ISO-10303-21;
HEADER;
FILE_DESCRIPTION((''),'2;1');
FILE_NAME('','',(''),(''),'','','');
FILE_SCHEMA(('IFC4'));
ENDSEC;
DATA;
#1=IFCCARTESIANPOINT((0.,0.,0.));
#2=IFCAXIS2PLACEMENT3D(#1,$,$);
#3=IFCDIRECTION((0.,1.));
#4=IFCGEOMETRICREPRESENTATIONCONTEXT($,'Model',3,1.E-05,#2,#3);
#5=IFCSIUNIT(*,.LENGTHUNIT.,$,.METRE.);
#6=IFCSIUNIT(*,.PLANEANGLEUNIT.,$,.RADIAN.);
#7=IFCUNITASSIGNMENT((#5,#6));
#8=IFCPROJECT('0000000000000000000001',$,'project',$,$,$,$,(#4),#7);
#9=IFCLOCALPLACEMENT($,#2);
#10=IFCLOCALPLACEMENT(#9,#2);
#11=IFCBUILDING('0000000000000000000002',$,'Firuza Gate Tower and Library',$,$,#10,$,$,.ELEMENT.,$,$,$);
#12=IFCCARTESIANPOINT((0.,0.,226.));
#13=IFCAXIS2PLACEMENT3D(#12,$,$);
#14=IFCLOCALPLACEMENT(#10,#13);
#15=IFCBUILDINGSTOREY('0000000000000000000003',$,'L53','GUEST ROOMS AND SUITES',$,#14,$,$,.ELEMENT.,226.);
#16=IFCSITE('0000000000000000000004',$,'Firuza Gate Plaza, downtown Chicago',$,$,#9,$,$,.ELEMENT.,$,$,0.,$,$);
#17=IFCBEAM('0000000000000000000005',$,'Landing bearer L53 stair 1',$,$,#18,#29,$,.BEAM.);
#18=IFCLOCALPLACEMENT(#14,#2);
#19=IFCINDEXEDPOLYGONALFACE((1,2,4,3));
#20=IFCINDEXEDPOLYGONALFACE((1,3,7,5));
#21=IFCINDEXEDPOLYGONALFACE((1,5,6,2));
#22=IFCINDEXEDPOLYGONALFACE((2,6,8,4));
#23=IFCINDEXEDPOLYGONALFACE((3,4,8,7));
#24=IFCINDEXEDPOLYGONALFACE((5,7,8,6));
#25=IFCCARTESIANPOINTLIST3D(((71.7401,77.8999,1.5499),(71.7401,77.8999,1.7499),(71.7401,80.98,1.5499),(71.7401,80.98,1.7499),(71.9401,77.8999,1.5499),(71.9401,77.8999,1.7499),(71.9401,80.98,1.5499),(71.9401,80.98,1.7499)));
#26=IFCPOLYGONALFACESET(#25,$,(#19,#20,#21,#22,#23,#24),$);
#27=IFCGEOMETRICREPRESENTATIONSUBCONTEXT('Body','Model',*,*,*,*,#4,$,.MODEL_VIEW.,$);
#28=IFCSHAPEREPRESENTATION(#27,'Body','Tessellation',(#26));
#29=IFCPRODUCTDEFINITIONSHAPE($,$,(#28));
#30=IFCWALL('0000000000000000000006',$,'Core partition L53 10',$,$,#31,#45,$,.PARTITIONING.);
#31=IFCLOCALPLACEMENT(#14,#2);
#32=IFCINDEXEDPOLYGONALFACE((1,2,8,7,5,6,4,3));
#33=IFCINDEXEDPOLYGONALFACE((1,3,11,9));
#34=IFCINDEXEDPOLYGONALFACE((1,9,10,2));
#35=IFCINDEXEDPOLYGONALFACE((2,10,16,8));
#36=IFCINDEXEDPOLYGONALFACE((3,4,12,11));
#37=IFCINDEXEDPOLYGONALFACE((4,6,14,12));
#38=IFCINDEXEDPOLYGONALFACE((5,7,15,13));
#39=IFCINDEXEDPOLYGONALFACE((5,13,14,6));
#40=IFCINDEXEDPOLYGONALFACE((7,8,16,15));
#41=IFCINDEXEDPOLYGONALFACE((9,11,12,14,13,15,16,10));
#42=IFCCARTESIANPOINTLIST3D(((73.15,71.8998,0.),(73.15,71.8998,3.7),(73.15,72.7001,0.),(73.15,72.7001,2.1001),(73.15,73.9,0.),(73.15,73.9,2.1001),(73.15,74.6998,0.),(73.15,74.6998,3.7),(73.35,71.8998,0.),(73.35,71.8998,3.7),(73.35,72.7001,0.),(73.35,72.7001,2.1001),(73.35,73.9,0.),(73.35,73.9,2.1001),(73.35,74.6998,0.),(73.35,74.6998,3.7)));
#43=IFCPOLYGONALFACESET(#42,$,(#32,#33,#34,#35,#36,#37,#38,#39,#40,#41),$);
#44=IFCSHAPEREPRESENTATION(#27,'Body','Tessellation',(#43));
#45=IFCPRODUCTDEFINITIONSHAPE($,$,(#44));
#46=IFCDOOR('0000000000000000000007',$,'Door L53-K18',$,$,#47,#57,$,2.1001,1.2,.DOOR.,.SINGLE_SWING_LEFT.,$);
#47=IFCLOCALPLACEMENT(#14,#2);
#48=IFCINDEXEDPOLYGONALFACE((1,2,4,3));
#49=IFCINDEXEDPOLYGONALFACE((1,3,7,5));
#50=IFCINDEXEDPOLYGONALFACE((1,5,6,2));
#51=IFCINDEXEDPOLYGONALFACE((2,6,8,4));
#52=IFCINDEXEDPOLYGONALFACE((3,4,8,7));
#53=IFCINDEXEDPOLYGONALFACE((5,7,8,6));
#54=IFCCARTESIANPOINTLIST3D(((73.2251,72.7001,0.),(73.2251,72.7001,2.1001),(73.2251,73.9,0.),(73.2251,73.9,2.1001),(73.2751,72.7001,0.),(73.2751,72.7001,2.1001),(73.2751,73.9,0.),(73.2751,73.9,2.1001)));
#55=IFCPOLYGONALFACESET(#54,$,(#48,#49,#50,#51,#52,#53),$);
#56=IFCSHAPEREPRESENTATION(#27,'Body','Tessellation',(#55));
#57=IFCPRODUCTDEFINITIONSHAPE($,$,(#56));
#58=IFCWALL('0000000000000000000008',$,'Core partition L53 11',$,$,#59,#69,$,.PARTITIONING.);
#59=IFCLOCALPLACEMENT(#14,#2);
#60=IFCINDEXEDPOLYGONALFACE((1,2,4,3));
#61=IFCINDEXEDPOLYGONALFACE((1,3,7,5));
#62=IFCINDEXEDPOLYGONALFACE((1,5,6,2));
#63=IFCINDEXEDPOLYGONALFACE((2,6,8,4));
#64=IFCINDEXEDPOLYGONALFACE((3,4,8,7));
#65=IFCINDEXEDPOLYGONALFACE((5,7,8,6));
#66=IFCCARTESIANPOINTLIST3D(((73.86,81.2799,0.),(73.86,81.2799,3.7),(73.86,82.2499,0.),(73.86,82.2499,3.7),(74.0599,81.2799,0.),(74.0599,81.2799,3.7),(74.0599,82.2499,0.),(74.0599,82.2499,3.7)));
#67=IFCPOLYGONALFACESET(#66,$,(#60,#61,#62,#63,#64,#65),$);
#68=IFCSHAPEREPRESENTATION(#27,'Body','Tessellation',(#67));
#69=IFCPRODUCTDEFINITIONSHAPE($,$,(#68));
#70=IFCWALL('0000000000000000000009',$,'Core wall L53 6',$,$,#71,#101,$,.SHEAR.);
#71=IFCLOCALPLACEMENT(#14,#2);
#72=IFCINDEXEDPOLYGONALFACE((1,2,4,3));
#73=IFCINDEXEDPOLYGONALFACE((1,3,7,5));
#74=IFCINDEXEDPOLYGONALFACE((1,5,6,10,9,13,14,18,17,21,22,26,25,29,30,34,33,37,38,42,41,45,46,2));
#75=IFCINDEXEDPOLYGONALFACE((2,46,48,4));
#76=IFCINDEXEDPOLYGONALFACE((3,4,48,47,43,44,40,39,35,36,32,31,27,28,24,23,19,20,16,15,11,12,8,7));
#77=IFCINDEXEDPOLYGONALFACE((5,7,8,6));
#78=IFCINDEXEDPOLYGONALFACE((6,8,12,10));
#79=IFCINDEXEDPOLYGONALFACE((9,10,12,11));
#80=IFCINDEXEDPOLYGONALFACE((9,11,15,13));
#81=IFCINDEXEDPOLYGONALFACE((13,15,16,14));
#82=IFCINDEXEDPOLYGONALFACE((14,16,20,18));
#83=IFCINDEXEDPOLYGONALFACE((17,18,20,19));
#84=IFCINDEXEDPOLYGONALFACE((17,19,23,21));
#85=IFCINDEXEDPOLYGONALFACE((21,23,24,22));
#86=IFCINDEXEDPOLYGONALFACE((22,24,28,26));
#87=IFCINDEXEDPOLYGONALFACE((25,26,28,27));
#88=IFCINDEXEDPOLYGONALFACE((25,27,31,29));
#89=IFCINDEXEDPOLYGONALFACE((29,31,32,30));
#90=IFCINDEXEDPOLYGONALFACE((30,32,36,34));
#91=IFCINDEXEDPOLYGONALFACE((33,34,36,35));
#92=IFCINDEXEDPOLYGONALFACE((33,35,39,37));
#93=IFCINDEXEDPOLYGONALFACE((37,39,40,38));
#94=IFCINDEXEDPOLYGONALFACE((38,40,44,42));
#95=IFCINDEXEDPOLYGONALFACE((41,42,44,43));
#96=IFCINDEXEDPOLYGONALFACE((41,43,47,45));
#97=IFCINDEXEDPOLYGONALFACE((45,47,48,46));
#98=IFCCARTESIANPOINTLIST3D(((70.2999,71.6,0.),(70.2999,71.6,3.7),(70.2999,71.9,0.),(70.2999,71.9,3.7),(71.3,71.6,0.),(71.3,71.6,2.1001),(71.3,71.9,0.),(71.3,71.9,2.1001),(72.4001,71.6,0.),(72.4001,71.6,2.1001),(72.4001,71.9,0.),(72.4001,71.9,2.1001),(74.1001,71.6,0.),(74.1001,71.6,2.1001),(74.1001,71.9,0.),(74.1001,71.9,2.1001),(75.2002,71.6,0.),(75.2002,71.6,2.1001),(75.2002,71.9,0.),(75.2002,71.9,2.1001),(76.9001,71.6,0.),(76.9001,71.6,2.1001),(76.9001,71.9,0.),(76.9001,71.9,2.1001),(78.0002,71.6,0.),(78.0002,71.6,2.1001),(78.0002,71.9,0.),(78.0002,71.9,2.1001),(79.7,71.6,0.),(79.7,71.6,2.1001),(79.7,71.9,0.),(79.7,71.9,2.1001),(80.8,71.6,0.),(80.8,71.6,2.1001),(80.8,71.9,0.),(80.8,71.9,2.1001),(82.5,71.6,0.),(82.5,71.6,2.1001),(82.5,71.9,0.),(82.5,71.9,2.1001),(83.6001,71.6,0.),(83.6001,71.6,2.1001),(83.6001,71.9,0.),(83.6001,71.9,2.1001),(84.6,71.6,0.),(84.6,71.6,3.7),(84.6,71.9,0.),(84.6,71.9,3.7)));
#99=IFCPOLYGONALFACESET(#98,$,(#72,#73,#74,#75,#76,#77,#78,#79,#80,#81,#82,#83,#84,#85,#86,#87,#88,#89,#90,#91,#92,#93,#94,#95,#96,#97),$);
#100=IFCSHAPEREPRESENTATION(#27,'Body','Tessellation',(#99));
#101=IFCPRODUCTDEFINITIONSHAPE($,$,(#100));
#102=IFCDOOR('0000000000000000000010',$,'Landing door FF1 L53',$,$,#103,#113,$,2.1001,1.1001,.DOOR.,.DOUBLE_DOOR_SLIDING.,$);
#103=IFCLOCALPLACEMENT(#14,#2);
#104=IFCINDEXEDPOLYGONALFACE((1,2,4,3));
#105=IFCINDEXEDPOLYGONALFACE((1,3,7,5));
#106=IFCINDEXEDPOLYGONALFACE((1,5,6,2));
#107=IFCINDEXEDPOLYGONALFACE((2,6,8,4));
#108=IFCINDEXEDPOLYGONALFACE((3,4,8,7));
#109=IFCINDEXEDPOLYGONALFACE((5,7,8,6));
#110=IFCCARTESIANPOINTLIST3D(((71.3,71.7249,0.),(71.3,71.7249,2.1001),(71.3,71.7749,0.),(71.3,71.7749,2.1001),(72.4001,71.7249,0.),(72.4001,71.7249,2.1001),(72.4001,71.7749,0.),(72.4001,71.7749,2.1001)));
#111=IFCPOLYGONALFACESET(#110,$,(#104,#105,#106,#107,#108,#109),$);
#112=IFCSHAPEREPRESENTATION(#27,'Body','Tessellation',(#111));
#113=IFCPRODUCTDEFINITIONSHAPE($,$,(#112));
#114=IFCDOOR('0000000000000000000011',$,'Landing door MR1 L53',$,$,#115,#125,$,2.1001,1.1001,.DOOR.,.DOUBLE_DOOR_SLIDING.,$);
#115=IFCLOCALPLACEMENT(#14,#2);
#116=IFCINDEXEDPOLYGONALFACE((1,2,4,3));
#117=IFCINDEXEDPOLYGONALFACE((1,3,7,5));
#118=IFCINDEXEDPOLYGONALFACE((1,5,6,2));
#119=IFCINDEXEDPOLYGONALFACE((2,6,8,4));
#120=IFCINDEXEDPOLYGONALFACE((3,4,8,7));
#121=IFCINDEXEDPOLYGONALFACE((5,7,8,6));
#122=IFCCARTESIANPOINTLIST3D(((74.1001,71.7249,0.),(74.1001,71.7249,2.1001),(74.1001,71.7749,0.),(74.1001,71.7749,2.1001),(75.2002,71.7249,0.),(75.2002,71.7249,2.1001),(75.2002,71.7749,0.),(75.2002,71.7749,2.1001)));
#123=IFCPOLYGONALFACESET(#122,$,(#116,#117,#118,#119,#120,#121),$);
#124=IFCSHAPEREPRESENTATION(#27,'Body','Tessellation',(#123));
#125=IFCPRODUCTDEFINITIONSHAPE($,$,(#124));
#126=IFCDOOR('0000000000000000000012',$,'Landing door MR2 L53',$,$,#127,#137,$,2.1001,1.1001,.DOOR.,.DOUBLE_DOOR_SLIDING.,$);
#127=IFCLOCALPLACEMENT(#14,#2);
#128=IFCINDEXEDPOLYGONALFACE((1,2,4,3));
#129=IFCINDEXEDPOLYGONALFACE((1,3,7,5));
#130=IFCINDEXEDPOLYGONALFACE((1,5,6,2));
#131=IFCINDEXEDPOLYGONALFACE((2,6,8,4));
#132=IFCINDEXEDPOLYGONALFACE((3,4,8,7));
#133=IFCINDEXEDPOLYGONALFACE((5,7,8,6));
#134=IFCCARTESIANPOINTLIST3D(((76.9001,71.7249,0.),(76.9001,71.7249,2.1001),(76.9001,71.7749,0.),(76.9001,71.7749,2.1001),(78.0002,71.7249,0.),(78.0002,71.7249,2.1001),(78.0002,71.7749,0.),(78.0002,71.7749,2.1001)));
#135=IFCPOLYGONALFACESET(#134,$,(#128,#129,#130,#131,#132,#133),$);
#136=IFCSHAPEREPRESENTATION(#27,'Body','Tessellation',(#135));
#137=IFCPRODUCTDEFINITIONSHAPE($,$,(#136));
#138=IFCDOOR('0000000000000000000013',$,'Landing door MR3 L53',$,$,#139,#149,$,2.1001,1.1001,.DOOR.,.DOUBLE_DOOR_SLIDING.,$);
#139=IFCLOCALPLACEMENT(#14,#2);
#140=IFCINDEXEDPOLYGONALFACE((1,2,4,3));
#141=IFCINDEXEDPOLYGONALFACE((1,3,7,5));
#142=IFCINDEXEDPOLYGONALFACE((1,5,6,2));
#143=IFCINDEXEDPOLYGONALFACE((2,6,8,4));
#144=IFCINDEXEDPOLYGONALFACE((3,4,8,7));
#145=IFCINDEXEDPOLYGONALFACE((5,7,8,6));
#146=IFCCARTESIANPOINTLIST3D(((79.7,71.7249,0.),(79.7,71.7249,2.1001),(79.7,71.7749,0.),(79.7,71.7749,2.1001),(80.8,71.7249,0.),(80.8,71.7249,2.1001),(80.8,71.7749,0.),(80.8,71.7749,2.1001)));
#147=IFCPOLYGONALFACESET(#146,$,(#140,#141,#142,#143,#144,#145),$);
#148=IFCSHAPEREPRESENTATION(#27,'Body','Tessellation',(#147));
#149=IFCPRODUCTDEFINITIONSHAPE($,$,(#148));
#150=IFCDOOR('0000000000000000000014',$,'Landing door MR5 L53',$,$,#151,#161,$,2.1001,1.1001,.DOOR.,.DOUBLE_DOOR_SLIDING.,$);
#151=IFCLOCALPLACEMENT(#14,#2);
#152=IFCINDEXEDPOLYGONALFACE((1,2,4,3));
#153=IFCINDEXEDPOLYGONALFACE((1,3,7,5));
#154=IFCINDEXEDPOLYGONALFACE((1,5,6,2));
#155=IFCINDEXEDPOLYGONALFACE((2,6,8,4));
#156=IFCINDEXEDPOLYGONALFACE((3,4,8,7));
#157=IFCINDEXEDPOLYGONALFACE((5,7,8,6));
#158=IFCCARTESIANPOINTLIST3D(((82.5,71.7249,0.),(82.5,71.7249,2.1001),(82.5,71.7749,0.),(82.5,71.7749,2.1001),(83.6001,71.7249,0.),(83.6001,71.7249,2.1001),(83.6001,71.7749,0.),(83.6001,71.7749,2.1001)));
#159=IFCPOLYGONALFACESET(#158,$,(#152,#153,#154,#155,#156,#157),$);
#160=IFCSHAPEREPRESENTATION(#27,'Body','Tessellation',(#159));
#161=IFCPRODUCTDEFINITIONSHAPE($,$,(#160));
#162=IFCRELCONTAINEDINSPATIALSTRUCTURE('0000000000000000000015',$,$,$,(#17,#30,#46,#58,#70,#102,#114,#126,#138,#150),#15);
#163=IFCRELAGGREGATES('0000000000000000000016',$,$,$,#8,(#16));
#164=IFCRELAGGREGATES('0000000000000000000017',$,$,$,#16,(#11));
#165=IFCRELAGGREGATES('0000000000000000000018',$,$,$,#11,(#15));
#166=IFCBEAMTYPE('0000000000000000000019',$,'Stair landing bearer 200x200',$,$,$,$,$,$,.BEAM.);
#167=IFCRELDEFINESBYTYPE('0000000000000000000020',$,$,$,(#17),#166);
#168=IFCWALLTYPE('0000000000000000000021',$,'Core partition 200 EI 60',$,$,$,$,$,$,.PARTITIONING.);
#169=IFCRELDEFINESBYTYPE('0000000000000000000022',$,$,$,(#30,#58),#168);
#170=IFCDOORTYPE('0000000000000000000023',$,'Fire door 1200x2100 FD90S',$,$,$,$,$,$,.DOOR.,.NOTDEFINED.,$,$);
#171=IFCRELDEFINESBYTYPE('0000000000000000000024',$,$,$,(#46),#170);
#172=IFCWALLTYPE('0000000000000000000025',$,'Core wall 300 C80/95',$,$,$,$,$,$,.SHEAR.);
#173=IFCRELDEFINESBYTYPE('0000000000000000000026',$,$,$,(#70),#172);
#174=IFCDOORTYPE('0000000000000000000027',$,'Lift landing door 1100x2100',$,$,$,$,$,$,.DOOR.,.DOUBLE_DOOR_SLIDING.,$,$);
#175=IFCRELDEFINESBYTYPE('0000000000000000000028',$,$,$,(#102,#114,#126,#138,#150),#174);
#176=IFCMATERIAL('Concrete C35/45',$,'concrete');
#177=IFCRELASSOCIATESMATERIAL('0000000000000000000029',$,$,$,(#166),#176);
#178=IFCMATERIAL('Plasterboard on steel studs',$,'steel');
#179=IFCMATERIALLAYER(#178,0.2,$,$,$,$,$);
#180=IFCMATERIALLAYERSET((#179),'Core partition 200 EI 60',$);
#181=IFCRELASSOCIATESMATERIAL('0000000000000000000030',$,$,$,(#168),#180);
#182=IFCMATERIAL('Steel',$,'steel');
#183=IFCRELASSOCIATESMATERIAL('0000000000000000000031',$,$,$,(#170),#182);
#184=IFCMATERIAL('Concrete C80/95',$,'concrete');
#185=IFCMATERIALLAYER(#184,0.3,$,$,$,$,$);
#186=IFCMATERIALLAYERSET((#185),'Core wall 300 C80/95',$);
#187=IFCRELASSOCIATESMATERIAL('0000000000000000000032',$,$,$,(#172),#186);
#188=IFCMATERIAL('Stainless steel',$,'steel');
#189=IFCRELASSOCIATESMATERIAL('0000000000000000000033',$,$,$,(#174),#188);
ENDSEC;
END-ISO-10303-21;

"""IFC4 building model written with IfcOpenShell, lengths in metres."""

from ifc_helpers import new_model, si_unit, direction, frame, frame_2d, origin, origin_2d, place, context, subcontext, project, spatial, rectangle, extrude, material, layer, layer_set, material_profile, profile_set, type_object, element, fill, save


model = new_model("IFC4")

# Units and contexts
model_context = context("Model", 3, precision=1e-05, world=origin(), true_north=direction((0.0, 1.0)))
body_context = subcontext(model_context, "Body", "Model", "MODEL_VIEW")
ifc_project = project(units=[si_unit("LENGTHUNIT", "METRE"), si_unit("PLANEANGLEUNIT", "RADIAN")], contexts=[model_context])

# Site, building, storey
site_placement = place(None, origin())
site = spatial("IfcSite", under=ifc_project, at=site_placement, Name="Firuza Gate Plaza, downtown Chicago", CompositionType="ELEMENT", RefElevation=0.0)
building_placement = place(site_placement, origin())
building = spatial("IfcBuilding", under=site, at=building_placement, Name="Firuza Gate Tower and Library", CompositionType="ELEMENT")
storey_placement = place(building_placement, frame((0.0, 0.0, 226.0)))
storey = spatial("IfcBuildingStorey", under=building, at=storey_placement, Name="L53", Description="GUEST ROOMS AND SUITES", CompositionType="ELEMENT", Elevation=226.0)

# Beam
ifc_material_1 = material(Name="Concrete C35/45", Category="concrete")
ifc_material_profile = material_profile(ifc_material_1, rectangle(XDim=0.2, YDim=0.2, at=origin_2d()))
ifc_profile_set = profile_set([ifc_material_profile], Name="Concrete C35/45")
beam_type = type_object("IfcBeamType", Name="Stair landing bearer 200x200", PredefinedType="BEAM", material=ifc_profile_set)
beam_placement = place(storey_placement, frame((71.8401, 77.8999, 1.6499), z_axis=(0.0, 1.0, 0.0), x_axis=(-1.0, 0.0, 0.0)))
element("IfcBeam", 1, at=beam_placement, inside=storey, type_object=beam_type, Name="Landing bearer L53 stair 1", PredefinedType="BEAM", context=body_context, shape_type="SweptSolid", body=[
    extrude(rectangle(XDim=0.2, YDim=0.2, at=origin_2d()), origin(), (0.0, 0.0, 1.0), 3.0801),
])

# Wall, opening, door
ifc_material_2 = material(Name="Plasterboard on steel studs", Category="steel")
ifc_layer_1 = layer(ifc_material_2, 0.2)
ifc_layer_set_1 = layer_set([ifc_layer_1], Name="Core partition 200 EI 60")
wall_type_1 = type_object("IfcWallType", Name="Core partition 200 EI 60", PredefinedType="PARTITIONING", material=ifc_layer_set_1)
wall_1_placement = place(storey_placement, frame((73.25, 71.8999, 0.0), z_axis=(0.0, 0.0, 1.0), x_axis=(0.0, 1.0, 0.0)))
wall_1 = element("IfcWall", 2, at=wall_1_placement, inside=storey, type_object=wall_type_1, Name="Core partition L53 10", PredefinedType="PARTITIONING", context=body_context, shape_type="SweptSolid", body=[
    extrude(rectangle(XDim=2.8, YDim=0.2, at=frame_2d((1.3999, 0.0))), origin(), (0.0, 0.0, 1.0), 3.7),
])
opening_1_placement = place(wall_1_placement, frame((0.8, 0.0, 0.0)))
opening_1 = element("IfcOpeningElement", 3, at=opening_1_placement, cuts=wall_1, PredefinedType="OPENING", context=body_context, shape_type="SweptSolid", body=[
    extrude(rectangle(XDim=1.2, YDim=2.1001, at=frame_2d((0.6001, 1.05))), frame((0.0, 0.1099, 0.0), z_axis=(0.0, -1.0, 0.0), x_axis=(1.0, 0.0, 0.0)), (0.0, 0.0, 1.0), 0.22),
])
ifc_material_3 = material(Name="Steel", Category="steel")
door_type_1 = type_object("IfcDoorType", Name="Fire door 1200x2100 FD90S", OperationType="NOTDEFINED", PredefinedType="DOOR", material=ifc_material_3)
door_1_placement = place(opening_1_placement, origin())
door_1 = element("IfcDoor", 4, at=door_1_placement, inside=storey, type_object=door_type_1, Name="Door L53-K18", OperationType="SINGLE_SWING_LEFT", OverallHeight=2.1001, OverallWidth=1.2, PredefinedType="DOOR", context=body_context, shape_type="SweptSolid", body=[
    extrude(rectangle(XDim=1.2, YDim=2.1001, at=frame_2d((0.6001, 1.05))), frame((0.0, 0.0249, 0.0), z_axis=(0.0, -1.0, 0.0), x_axis=(1.0, 0.0, 0.0)), (0.0, 0.0, 1.0), 0.05),
])
fill(opening_1, door_1)

# Wall
wall_2_placement = place(storey_placement, frame((73.96, 81.28, 0.0), z_axis=(0.0, 0.0, 1.0), x_axis=(0.0, 1.0, 0.0)))
element("IfcWall", 5, at=wall_2_placement, inside=storey, type_object=wall_type_1, Name="Core partition L53 11", PredefinedType="PARTITIONING", context=body_context, shape_type="SweptSolid", body=[
    extrude(rectangle(XDim=0.97, YDim=0.2, at=frame_2d((0.4849, 0.0))), origin(), (0.0, 0.0, 1.0), 3.7),
])

# Wall, openings, doors
ifc_material_4 = material(Name="Concrete C80/95", Category="concrete")
ifc_layer_2 = layer(ifc_material_4, 0.3)
ifc_layer_set_2 = layer_set([ifc_layer_2], Name="Core wall 300 C80/95")
wall_type_2 = type_object("IfcWallType", Name="Core wall 300 C80/95", PredefinedType="SHEAR", material=ifc_layer_set_2)
wall_3_placement = place(storey_placement, frame((70.3, 71.75, 0.0), z_axis=(0.0, 0.0, 1.0), x_axis=(1.0, 0.0, 0.0)))
wall_3 = element("IfcWall", 6, at=wall_3_placement, inside=storey, type_object=wall_type_2, Name="Core wall L53 6", PredefinedType="SHEAR", context=body_context, shape_type="SweptSolid", body=[
    extrude(rectangle(XDim=14.3, YDim=0.3, at=frame_2d((7.1499, 0.0))), origin(), (0.0, 0.0, 1.0), 3.7),
])
opening_2_placement = place(wall_3_placement, frame((1.0, 0.0, 0.0)))
opening_2 = element("IfcOpeningElement", 7, at=opening_2_placement, cuts=wall_3, PredefinedType="OPENING", context=body_context, shape_type="SweptSolid", body=[
    extrude(rectangle(XDim=1.1001, YDim=2.1001, at=frame_2d((0.55, 1.05))), frame((0.0, 0.1602, 0.0), z_axis=(0.0, -1.0, 0.0), x_axis=(1.0, 0.0, 0.0)), (0.0, 0.0, 1.0), 0.3201),
])
opening_3_placement = place(wall_3_placement, frame((3.8, 0.0, 0.0)))
opening_3 = element("IfcOpeningElement", 8, at=opening_3_placement, cuts=wall_3, PredefinedType="OPENING", context=body_context, shape_type="SweptSolid", body=[
    extrude(rectangle(XDim=1.1001, YDim=2.1001, at=frame_2d((0.55, 1.05))), frame((0.0, 0.1602, 0.0), z_axis=(0.0, -1.0, 0.0), x_axis=(1.0, 0.0, 0.0)), (0.0, 0.0, 1.0), 0.3201),
])
opening_4_placement = place(wall_3_placement, frame((6.6001, 0.0, 0.0)))
opening_4 = element("IfcOpeningElement", 9, at=opening_4_placement, cuts=wall_3, PredefinedType="OPENING", context=body_context, shape_type="SweptSolid", body=[
    extrude(rectangle(XDim=1.1001, YDim=2.1001, at=frame_2d((0.55, 1.05))), frame((0.0, 0.1602, 0.0), z_axis=(0.0, -1.0, 0.0), x_axis=(1.0, 0.0, 0.0)), (0.0, 0.0, 1.0), 0.3201),
])
opening_5_placement = place(wall_3_placement, frame((9.3999, 0.0, 0.0)))
opening_5 = element("IfcOpeningElement", 10, at=opening_5_placement, cuts=wall_3, PredefinedType="OPENING", context=body_context, shape_type="SweptSolid", body=[
    extrude(rectangle(XDim=1.1001, YDim=2.1001, at=frame_2d((0.55, 1.05))), frame((0.0, 0.1602, 0.0), z_axis=(0.0, -1.0, 0.0), x_axis=(1.0, 0.0, 0.0)), (0.0, 0.0, 1.0), 0.3201),
])
opening_6_placement = place(wall_3_placement, frame((12.2, 0.0, 0.0)))
opening_6 = element("IfcOpeningElement", 11, at=opening_6_placement, cuts=wall_3, PredefinedType="OPENING", context=body_context, shape_type="SweptSolid", body=[
    extrude(rectangle(XDim=1.1001, YDim=2.1001, at=frame_2d((0.55, 1.05))), frame((0.0, 0.1602, 0.0), z_axis=(0.0, -1.0, 0.0), x_axis=(1.0, 0.0, 0.0)), (0.0, 0.0, 1.0), 0.3201),
])
ifc_material_5 = material(Name="Stainless steel", Category="steel")
door_type_2 = type_object("IfcDoorType", Name="Lift landing door 1100x2100", OperationType="DOUBLE_DOOR_SLIDING", PredefinedType="DOOR", material=ifc_material_5)
door_2_placement = place(opening_2_placement, origin())
door_2 = element("IfcDoor", 12, at=door_2_placement, inside=storey, type_object=door_type_2, Name="Landing door FF1 L53", OperationType="DOUBLE_DOOR_SLIDING", OverallHeight=2.1001, OverallWidth=1.1001, PredefinedType="DOOR", context=body_context, shape_type="SweptSolid", body=[
    extrude(rectangle(XDim=1.1001, YDim=2.1001, at=frame_2d((0.55, 1.05))), frame((0.0, 0.0249, 0.0), z_axis=(0.0, -1.0, 0.0), x_axis=(1.0, 0.0, 0.0)), (0.0, 0.0, 1.0), 0.05),
])
fill(opening_2, door_2)
door_3_placement = place(opening_3_placement, origin())
door_3 = element("IfcDoor", 13, at=door_3_placement, inside=storey, type_object=door_type_2, Name="Landing door MR1 L53", OperationType="DOUBLE_DOOR_SLIDING", OverallHeight=2.1001, OverallWidth=1.1001, PredefinedType="DOOR", context=body_context, shape_type="SweptSolid", body=[
    extrude(rectangle(XDim=1.1001, YDim=2.1001, at=frame_2d((0.55, 1.05))), frame((0.0, 0.0249, 0.0), z_axis=(0.0, -1.0, 0.0), x_axis=(1.0, 0.0, 0.0)), (0.0, 0.0, 1.0), 0.05),
])
fill(opening_3, door_3)
door_4_placement = place(opening_4_placement, origin())
door_4 = element("IfcDoor", 14, at=door_4_placement, inside=storey, type_object=door_type_2, Name="Landing door MR2 L53", OperationType="DOUBLE_DOOR_SLIDING", OverallHeight=2.1001, OverallWidth=1.1001, PredefinedType="DOOR", context=body_context, shape_type="SweptSolid", body=[
    extrude(rectangle(XDim=1.1001, YDim=2.1001, at=frame_2d((0.55, 1.05))), frame((0.0, 0.0249, 0.0), z_axis=(0.0, -1.0, 0.0), x_axis=(1.0, 0.0, 0.0)), (0.0, 0.0, 1.0), 0.05),
])
fill(opening_4, door_4)
door_5_placement = place(opening_5_placement, origin())
door_5 = element("IfcDoor", 15, at=door_5_placement, inside=storey, type_object=door_type_2, Name="Landing door MR3 L53", OperationType="DOUBLE_DOOR_SLIDING", OverallHeight=2.1001, OverallWidth=1.1001, PredefinedType="DOOR", context=body_context, shape_type="SweptSolid", body=[
    extrude(rectangle(XDim=1.1001, YDim=2.1001, at=frame_2d((0.55, 1.05))), frame((0.0, 0.0249, 0.0), z_axis=(0.0, -1.0, 0.0), x_axis=(1.0, 0.0, 0.0)), (0.0, 0.0, 1.0), 0.05),
])
fill(opening_5, door_5)
door_6_placement = place(opening_6_placement, origin())
door_6 = element("IfcDoor", 16, at=door_6_placement, inside=storey, type_object=door_type_2, Name="Landing door MR5 L53", OperationType="DOUBLE_DOOR_SLIDING", OverallHeight=2.1001, OverallWidth=1.1001, PredefinedType="DOOR", context=body_context, shape_type="SweptSolid", body=[
    extrude(rectangle(XDim=1.1001, YDim=2.1001, at=frame_2d((0.55, 1.05))), frame((0.0, 0.0249, 0.0), z_axis=(0.0, -1.0, 0.0), x_axis=(1.0, 0.0, 0.0)), (0.0, 0.0, 1.0), 0.05),
])
fill(opening_6, door_6)

save(model, "model.ifc")
